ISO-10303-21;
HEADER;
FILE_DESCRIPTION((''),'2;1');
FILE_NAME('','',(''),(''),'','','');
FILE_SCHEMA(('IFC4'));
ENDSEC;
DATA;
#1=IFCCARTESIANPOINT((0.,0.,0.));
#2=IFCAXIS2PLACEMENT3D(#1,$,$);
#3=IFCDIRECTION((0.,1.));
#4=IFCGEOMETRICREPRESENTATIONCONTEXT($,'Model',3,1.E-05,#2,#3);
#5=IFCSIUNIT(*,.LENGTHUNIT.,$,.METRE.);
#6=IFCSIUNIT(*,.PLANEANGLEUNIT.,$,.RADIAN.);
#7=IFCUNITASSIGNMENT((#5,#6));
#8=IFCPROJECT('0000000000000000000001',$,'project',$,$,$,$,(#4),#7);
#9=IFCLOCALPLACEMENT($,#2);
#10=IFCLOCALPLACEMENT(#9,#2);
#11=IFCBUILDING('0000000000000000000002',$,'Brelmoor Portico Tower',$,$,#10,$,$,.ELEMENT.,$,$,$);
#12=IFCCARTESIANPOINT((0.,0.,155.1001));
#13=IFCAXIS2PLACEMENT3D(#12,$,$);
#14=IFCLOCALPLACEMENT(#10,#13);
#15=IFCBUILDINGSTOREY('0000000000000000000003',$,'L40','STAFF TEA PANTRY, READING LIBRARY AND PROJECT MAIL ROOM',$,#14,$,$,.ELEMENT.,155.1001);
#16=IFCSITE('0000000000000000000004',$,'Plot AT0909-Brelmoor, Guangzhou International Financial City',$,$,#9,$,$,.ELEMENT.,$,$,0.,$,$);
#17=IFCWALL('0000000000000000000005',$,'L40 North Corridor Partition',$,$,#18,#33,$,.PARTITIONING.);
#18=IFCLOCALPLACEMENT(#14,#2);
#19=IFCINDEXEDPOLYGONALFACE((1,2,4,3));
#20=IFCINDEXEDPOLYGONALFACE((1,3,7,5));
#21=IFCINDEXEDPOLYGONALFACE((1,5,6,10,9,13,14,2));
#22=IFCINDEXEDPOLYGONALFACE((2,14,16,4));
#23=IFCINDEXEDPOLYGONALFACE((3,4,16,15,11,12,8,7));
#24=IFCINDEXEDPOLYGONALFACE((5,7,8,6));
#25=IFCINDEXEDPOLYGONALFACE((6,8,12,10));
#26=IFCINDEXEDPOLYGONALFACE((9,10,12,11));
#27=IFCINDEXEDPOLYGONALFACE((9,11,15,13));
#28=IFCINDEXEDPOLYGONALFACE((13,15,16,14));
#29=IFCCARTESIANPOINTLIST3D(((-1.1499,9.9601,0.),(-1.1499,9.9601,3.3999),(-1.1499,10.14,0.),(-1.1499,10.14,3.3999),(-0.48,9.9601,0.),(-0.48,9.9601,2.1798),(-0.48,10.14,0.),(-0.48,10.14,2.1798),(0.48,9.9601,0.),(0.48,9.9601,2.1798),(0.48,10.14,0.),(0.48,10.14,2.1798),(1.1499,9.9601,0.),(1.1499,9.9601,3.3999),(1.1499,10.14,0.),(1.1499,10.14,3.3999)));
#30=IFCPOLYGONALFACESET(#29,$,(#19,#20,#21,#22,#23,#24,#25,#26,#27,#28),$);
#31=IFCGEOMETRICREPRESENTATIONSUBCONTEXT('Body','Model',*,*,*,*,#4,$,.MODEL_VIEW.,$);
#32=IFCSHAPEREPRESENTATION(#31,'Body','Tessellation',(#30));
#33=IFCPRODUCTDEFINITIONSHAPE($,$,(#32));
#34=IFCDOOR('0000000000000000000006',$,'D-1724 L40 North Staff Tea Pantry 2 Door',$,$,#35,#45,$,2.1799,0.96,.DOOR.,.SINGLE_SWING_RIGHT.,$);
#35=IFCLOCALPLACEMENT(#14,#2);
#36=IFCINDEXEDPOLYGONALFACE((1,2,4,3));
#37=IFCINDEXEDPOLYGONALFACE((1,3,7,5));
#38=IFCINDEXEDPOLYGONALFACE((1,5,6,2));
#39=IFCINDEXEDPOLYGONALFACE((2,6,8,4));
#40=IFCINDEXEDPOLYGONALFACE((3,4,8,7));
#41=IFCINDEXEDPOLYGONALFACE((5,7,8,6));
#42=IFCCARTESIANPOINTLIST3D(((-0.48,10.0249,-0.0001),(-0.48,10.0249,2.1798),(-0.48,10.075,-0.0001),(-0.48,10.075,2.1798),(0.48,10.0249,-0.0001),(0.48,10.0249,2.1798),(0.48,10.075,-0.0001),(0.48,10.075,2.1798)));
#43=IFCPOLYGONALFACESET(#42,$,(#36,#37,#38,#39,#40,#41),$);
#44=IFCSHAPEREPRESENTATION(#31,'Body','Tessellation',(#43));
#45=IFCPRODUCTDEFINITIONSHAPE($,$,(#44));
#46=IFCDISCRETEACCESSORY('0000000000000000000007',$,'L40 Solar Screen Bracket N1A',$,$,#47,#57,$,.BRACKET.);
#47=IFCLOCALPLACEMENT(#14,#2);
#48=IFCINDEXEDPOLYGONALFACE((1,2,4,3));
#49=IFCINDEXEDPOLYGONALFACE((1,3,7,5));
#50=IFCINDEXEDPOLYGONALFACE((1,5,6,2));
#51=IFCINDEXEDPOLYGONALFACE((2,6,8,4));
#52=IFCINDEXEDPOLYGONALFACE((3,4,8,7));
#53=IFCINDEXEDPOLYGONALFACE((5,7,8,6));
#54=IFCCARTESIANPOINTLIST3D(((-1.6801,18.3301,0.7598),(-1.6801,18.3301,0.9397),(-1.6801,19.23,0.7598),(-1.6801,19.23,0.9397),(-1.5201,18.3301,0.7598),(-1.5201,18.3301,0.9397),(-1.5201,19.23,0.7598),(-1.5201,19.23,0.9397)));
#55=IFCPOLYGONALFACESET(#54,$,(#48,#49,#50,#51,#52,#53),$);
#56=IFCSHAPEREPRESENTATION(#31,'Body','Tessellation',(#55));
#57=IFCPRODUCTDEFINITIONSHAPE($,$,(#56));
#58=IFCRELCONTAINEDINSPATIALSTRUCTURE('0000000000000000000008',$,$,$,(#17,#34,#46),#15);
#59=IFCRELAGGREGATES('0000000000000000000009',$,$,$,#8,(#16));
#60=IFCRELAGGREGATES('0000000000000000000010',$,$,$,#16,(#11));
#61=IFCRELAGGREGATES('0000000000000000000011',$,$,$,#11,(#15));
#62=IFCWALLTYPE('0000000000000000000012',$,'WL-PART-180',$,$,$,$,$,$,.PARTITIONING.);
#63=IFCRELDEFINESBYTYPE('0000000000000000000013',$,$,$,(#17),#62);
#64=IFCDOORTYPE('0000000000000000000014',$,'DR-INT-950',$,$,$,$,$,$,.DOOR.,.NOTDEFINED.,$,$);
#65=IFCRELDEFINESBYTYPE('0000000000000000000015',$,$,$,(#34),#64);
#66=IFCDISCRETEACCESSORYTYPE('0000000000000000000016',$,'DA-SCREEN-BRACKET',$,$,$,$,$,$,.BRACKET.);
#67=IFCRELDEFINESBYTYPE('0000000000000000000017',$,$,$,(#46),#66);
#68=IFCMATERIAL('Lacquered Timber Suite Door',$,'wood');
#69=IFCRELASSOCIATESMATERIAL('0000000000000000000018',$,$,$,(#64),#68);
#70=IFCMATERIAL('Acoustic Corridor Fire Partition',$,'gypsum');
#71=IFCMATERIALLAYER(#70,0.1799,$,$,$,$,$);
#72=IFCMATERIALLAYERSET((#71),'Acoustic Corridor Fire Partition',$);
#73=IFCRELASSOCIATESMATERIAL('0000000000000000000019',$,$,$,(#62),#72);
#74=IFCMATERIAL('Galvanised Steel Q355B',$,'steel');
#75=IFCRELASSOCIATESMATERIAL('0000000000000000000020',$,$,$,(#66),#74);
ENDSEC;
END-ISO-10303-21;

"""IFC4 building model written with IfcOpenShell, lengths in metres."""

from ifc_helpers import new_model, si_unit, direction, frame, frame_2d, origin, origin_2d, place, context, subcontext, project, spatial, rectangle, extrude, material, layer, layer_set, type_object, element, fill, save


model = new_model("IFC4")

# Units and contexts
model_context = context("Model", 3, precision=1e-05, world=origin(), true_north=direction((0.0, 1.0)))
body_context = subcontext(model_context, "Body", "Model", "MODEL_VIEW")
ifc_project = project(units=[si_unit("LENGTHUNIT", "METRE"), si_unit("PLANEANGLEUNIT", "RADIAN")], contexts=[model_context])

# Site, building, storey
site_placement = place(None, origin())
site = spatial("IfcSite", under=ifc_project, at=site_placement, Name="Plot AT0909-Brelmoor, Guangzhou International Financial City", CompositionType="ELEMENT", RefElevation=0.0)
building_placement = place(site_placement, origin())
building = spatial("IfcBuilding", under=site, at=building_placement, Name="Brelmoor Portico Tower", CompositionType="ELEMENT")
storey_placement = place(building_placement, frame((0.0, 0.0, 155.1001)))
storey = spatial("IfcBuildingStorey", under=building, at=storey_placement, Name="L40", Description="STAFF TEA PANTRY, READING LIBRARY AND PROJECT MAIL ROOM", CompositionType="ELEMENT", Elevation=155.1001)

# Shared definitions
ifc_material_1 = material(Name="Lacquered Timber Suite Door", Category="wood")
door_type = type_object("IfcDoorType", Name="DR-INT-950", OperationType="NOTDEFINED", PredefinedType="DOOR", material=ifc_material_1)

# Shared definitions
ifc_material_2 = material(Name="Acoustic Corridor Fire Partition", Category="gypsum")
ifc_layer_1 = layer(ifc_material_2, 0.1799)
ifc_layer_set_1 = layer_set([ifc_layer_1], Name="Acoustic Corridor Fire Partition")
wall_type_1 = type_object("IfcWallType", Name="WL-PART-180", PredefinedType="PARTITIONING", material=ifc_layer_set_1)

# Wall, opening, door
wall_1_placement = place(storey_placement, frame((-1.1499, 10.05, 0.0), z_axis=(0.0, 0.0, 1.0), x_axis=(1.0, 0.0, 0.0)))
wall_1 = element("IfcWall", 1, at=wall_1_placement, inside=storey, type_object=wall_type_1, Name="L40 North Corridor Partition", PredefinedType="PARTITIONING", context=body_context, shape_type="SweptSolid", body=[
    extrude(rectangle(XDim=2.2998, YDim=0.1799, at=frame_2d((1.1499, 0.0))), origin(), (0.0, 0.0, 1.0), 3.3999),
])
opening_1_placement = place(wall_1_placement, frame((0.6699, 0.0, 0.0)))
opening_1 = element("IfcOpeningElement", 2, at=opening_1_placement, cuts=wall_1, PredefinedType="OPENING", context=body_context, shape_type="SweptSolid", body=[
    extrude(rectangle(XDim=0.96, YDim=2.1799, at=frame_2d((0.48, 1.0898))), frame((0.0, 0.0999, 0.0), z_axis=(0.0, -1.0, 0.0), x_axis=(1.0, 0.0, 0.0)), (0.0, 0.0, 1.0), 0.2),
])
door_1_placement = place(opening_1_placement, origin())
door_1 = element("IfcDoor", 3, at=door_1_placement, inside=storey, type_object=door_type, Name="D-1724 L40 North Staff Tea Pantry 2 Door", OperationType="SINGLE_SWING_RIGHT", OverallHeight=2.1799, OverallWidth=0.96, PredefinedType="DOOR", context=body_context, shape_type="SweptSolid", body=[
    extrude(rectangle(XDim=0.96, YDim=2.1799, at=frame_2d((0.48, 1.0898))), frame((0.0, 0.0249, 0.0), z_axis=(0.0, -1.0, 0.0), x_axis=(1.0, 0.0, 0.0)), (0.0, 0.0, 1.0), 0.05),
])
fill(opening_1, door_1)

# Discrete accessory
ifc_material_3 = material(Name="Galvanised Steel Q355B", Category="steel")
discrete_accessory_type = type_object("IfcDiscreteAccessoryType", Name="DA-SCREEN-BRACKET", PredefinedType="BRACKET", material=ifc_material_3)
discrete_accessory_placement = place(storey_placement, frame((-1.6001, 18.78, 0.7598), z_axis=(0.0, 0.0, 1.0), x_axis=(1.0, 0.0, 0.0)))
element("IfcDiscreteAccessory", 4, at=discrete_accessory_placement, inside=storey, type_object=discrete_accessory_type, Name="L40 Solar Screen Bracket N1A", PredefinedType="BRACKET", context=body_context, shape_type="SweptSolid", body=[
    extrude(rectangle(XDim=0.1599, YDim=0.8999, at=origin_2d()), origin(), (0.0, 0.0, 1.0), 0.1799),
])

save(model, "model.ifc")
